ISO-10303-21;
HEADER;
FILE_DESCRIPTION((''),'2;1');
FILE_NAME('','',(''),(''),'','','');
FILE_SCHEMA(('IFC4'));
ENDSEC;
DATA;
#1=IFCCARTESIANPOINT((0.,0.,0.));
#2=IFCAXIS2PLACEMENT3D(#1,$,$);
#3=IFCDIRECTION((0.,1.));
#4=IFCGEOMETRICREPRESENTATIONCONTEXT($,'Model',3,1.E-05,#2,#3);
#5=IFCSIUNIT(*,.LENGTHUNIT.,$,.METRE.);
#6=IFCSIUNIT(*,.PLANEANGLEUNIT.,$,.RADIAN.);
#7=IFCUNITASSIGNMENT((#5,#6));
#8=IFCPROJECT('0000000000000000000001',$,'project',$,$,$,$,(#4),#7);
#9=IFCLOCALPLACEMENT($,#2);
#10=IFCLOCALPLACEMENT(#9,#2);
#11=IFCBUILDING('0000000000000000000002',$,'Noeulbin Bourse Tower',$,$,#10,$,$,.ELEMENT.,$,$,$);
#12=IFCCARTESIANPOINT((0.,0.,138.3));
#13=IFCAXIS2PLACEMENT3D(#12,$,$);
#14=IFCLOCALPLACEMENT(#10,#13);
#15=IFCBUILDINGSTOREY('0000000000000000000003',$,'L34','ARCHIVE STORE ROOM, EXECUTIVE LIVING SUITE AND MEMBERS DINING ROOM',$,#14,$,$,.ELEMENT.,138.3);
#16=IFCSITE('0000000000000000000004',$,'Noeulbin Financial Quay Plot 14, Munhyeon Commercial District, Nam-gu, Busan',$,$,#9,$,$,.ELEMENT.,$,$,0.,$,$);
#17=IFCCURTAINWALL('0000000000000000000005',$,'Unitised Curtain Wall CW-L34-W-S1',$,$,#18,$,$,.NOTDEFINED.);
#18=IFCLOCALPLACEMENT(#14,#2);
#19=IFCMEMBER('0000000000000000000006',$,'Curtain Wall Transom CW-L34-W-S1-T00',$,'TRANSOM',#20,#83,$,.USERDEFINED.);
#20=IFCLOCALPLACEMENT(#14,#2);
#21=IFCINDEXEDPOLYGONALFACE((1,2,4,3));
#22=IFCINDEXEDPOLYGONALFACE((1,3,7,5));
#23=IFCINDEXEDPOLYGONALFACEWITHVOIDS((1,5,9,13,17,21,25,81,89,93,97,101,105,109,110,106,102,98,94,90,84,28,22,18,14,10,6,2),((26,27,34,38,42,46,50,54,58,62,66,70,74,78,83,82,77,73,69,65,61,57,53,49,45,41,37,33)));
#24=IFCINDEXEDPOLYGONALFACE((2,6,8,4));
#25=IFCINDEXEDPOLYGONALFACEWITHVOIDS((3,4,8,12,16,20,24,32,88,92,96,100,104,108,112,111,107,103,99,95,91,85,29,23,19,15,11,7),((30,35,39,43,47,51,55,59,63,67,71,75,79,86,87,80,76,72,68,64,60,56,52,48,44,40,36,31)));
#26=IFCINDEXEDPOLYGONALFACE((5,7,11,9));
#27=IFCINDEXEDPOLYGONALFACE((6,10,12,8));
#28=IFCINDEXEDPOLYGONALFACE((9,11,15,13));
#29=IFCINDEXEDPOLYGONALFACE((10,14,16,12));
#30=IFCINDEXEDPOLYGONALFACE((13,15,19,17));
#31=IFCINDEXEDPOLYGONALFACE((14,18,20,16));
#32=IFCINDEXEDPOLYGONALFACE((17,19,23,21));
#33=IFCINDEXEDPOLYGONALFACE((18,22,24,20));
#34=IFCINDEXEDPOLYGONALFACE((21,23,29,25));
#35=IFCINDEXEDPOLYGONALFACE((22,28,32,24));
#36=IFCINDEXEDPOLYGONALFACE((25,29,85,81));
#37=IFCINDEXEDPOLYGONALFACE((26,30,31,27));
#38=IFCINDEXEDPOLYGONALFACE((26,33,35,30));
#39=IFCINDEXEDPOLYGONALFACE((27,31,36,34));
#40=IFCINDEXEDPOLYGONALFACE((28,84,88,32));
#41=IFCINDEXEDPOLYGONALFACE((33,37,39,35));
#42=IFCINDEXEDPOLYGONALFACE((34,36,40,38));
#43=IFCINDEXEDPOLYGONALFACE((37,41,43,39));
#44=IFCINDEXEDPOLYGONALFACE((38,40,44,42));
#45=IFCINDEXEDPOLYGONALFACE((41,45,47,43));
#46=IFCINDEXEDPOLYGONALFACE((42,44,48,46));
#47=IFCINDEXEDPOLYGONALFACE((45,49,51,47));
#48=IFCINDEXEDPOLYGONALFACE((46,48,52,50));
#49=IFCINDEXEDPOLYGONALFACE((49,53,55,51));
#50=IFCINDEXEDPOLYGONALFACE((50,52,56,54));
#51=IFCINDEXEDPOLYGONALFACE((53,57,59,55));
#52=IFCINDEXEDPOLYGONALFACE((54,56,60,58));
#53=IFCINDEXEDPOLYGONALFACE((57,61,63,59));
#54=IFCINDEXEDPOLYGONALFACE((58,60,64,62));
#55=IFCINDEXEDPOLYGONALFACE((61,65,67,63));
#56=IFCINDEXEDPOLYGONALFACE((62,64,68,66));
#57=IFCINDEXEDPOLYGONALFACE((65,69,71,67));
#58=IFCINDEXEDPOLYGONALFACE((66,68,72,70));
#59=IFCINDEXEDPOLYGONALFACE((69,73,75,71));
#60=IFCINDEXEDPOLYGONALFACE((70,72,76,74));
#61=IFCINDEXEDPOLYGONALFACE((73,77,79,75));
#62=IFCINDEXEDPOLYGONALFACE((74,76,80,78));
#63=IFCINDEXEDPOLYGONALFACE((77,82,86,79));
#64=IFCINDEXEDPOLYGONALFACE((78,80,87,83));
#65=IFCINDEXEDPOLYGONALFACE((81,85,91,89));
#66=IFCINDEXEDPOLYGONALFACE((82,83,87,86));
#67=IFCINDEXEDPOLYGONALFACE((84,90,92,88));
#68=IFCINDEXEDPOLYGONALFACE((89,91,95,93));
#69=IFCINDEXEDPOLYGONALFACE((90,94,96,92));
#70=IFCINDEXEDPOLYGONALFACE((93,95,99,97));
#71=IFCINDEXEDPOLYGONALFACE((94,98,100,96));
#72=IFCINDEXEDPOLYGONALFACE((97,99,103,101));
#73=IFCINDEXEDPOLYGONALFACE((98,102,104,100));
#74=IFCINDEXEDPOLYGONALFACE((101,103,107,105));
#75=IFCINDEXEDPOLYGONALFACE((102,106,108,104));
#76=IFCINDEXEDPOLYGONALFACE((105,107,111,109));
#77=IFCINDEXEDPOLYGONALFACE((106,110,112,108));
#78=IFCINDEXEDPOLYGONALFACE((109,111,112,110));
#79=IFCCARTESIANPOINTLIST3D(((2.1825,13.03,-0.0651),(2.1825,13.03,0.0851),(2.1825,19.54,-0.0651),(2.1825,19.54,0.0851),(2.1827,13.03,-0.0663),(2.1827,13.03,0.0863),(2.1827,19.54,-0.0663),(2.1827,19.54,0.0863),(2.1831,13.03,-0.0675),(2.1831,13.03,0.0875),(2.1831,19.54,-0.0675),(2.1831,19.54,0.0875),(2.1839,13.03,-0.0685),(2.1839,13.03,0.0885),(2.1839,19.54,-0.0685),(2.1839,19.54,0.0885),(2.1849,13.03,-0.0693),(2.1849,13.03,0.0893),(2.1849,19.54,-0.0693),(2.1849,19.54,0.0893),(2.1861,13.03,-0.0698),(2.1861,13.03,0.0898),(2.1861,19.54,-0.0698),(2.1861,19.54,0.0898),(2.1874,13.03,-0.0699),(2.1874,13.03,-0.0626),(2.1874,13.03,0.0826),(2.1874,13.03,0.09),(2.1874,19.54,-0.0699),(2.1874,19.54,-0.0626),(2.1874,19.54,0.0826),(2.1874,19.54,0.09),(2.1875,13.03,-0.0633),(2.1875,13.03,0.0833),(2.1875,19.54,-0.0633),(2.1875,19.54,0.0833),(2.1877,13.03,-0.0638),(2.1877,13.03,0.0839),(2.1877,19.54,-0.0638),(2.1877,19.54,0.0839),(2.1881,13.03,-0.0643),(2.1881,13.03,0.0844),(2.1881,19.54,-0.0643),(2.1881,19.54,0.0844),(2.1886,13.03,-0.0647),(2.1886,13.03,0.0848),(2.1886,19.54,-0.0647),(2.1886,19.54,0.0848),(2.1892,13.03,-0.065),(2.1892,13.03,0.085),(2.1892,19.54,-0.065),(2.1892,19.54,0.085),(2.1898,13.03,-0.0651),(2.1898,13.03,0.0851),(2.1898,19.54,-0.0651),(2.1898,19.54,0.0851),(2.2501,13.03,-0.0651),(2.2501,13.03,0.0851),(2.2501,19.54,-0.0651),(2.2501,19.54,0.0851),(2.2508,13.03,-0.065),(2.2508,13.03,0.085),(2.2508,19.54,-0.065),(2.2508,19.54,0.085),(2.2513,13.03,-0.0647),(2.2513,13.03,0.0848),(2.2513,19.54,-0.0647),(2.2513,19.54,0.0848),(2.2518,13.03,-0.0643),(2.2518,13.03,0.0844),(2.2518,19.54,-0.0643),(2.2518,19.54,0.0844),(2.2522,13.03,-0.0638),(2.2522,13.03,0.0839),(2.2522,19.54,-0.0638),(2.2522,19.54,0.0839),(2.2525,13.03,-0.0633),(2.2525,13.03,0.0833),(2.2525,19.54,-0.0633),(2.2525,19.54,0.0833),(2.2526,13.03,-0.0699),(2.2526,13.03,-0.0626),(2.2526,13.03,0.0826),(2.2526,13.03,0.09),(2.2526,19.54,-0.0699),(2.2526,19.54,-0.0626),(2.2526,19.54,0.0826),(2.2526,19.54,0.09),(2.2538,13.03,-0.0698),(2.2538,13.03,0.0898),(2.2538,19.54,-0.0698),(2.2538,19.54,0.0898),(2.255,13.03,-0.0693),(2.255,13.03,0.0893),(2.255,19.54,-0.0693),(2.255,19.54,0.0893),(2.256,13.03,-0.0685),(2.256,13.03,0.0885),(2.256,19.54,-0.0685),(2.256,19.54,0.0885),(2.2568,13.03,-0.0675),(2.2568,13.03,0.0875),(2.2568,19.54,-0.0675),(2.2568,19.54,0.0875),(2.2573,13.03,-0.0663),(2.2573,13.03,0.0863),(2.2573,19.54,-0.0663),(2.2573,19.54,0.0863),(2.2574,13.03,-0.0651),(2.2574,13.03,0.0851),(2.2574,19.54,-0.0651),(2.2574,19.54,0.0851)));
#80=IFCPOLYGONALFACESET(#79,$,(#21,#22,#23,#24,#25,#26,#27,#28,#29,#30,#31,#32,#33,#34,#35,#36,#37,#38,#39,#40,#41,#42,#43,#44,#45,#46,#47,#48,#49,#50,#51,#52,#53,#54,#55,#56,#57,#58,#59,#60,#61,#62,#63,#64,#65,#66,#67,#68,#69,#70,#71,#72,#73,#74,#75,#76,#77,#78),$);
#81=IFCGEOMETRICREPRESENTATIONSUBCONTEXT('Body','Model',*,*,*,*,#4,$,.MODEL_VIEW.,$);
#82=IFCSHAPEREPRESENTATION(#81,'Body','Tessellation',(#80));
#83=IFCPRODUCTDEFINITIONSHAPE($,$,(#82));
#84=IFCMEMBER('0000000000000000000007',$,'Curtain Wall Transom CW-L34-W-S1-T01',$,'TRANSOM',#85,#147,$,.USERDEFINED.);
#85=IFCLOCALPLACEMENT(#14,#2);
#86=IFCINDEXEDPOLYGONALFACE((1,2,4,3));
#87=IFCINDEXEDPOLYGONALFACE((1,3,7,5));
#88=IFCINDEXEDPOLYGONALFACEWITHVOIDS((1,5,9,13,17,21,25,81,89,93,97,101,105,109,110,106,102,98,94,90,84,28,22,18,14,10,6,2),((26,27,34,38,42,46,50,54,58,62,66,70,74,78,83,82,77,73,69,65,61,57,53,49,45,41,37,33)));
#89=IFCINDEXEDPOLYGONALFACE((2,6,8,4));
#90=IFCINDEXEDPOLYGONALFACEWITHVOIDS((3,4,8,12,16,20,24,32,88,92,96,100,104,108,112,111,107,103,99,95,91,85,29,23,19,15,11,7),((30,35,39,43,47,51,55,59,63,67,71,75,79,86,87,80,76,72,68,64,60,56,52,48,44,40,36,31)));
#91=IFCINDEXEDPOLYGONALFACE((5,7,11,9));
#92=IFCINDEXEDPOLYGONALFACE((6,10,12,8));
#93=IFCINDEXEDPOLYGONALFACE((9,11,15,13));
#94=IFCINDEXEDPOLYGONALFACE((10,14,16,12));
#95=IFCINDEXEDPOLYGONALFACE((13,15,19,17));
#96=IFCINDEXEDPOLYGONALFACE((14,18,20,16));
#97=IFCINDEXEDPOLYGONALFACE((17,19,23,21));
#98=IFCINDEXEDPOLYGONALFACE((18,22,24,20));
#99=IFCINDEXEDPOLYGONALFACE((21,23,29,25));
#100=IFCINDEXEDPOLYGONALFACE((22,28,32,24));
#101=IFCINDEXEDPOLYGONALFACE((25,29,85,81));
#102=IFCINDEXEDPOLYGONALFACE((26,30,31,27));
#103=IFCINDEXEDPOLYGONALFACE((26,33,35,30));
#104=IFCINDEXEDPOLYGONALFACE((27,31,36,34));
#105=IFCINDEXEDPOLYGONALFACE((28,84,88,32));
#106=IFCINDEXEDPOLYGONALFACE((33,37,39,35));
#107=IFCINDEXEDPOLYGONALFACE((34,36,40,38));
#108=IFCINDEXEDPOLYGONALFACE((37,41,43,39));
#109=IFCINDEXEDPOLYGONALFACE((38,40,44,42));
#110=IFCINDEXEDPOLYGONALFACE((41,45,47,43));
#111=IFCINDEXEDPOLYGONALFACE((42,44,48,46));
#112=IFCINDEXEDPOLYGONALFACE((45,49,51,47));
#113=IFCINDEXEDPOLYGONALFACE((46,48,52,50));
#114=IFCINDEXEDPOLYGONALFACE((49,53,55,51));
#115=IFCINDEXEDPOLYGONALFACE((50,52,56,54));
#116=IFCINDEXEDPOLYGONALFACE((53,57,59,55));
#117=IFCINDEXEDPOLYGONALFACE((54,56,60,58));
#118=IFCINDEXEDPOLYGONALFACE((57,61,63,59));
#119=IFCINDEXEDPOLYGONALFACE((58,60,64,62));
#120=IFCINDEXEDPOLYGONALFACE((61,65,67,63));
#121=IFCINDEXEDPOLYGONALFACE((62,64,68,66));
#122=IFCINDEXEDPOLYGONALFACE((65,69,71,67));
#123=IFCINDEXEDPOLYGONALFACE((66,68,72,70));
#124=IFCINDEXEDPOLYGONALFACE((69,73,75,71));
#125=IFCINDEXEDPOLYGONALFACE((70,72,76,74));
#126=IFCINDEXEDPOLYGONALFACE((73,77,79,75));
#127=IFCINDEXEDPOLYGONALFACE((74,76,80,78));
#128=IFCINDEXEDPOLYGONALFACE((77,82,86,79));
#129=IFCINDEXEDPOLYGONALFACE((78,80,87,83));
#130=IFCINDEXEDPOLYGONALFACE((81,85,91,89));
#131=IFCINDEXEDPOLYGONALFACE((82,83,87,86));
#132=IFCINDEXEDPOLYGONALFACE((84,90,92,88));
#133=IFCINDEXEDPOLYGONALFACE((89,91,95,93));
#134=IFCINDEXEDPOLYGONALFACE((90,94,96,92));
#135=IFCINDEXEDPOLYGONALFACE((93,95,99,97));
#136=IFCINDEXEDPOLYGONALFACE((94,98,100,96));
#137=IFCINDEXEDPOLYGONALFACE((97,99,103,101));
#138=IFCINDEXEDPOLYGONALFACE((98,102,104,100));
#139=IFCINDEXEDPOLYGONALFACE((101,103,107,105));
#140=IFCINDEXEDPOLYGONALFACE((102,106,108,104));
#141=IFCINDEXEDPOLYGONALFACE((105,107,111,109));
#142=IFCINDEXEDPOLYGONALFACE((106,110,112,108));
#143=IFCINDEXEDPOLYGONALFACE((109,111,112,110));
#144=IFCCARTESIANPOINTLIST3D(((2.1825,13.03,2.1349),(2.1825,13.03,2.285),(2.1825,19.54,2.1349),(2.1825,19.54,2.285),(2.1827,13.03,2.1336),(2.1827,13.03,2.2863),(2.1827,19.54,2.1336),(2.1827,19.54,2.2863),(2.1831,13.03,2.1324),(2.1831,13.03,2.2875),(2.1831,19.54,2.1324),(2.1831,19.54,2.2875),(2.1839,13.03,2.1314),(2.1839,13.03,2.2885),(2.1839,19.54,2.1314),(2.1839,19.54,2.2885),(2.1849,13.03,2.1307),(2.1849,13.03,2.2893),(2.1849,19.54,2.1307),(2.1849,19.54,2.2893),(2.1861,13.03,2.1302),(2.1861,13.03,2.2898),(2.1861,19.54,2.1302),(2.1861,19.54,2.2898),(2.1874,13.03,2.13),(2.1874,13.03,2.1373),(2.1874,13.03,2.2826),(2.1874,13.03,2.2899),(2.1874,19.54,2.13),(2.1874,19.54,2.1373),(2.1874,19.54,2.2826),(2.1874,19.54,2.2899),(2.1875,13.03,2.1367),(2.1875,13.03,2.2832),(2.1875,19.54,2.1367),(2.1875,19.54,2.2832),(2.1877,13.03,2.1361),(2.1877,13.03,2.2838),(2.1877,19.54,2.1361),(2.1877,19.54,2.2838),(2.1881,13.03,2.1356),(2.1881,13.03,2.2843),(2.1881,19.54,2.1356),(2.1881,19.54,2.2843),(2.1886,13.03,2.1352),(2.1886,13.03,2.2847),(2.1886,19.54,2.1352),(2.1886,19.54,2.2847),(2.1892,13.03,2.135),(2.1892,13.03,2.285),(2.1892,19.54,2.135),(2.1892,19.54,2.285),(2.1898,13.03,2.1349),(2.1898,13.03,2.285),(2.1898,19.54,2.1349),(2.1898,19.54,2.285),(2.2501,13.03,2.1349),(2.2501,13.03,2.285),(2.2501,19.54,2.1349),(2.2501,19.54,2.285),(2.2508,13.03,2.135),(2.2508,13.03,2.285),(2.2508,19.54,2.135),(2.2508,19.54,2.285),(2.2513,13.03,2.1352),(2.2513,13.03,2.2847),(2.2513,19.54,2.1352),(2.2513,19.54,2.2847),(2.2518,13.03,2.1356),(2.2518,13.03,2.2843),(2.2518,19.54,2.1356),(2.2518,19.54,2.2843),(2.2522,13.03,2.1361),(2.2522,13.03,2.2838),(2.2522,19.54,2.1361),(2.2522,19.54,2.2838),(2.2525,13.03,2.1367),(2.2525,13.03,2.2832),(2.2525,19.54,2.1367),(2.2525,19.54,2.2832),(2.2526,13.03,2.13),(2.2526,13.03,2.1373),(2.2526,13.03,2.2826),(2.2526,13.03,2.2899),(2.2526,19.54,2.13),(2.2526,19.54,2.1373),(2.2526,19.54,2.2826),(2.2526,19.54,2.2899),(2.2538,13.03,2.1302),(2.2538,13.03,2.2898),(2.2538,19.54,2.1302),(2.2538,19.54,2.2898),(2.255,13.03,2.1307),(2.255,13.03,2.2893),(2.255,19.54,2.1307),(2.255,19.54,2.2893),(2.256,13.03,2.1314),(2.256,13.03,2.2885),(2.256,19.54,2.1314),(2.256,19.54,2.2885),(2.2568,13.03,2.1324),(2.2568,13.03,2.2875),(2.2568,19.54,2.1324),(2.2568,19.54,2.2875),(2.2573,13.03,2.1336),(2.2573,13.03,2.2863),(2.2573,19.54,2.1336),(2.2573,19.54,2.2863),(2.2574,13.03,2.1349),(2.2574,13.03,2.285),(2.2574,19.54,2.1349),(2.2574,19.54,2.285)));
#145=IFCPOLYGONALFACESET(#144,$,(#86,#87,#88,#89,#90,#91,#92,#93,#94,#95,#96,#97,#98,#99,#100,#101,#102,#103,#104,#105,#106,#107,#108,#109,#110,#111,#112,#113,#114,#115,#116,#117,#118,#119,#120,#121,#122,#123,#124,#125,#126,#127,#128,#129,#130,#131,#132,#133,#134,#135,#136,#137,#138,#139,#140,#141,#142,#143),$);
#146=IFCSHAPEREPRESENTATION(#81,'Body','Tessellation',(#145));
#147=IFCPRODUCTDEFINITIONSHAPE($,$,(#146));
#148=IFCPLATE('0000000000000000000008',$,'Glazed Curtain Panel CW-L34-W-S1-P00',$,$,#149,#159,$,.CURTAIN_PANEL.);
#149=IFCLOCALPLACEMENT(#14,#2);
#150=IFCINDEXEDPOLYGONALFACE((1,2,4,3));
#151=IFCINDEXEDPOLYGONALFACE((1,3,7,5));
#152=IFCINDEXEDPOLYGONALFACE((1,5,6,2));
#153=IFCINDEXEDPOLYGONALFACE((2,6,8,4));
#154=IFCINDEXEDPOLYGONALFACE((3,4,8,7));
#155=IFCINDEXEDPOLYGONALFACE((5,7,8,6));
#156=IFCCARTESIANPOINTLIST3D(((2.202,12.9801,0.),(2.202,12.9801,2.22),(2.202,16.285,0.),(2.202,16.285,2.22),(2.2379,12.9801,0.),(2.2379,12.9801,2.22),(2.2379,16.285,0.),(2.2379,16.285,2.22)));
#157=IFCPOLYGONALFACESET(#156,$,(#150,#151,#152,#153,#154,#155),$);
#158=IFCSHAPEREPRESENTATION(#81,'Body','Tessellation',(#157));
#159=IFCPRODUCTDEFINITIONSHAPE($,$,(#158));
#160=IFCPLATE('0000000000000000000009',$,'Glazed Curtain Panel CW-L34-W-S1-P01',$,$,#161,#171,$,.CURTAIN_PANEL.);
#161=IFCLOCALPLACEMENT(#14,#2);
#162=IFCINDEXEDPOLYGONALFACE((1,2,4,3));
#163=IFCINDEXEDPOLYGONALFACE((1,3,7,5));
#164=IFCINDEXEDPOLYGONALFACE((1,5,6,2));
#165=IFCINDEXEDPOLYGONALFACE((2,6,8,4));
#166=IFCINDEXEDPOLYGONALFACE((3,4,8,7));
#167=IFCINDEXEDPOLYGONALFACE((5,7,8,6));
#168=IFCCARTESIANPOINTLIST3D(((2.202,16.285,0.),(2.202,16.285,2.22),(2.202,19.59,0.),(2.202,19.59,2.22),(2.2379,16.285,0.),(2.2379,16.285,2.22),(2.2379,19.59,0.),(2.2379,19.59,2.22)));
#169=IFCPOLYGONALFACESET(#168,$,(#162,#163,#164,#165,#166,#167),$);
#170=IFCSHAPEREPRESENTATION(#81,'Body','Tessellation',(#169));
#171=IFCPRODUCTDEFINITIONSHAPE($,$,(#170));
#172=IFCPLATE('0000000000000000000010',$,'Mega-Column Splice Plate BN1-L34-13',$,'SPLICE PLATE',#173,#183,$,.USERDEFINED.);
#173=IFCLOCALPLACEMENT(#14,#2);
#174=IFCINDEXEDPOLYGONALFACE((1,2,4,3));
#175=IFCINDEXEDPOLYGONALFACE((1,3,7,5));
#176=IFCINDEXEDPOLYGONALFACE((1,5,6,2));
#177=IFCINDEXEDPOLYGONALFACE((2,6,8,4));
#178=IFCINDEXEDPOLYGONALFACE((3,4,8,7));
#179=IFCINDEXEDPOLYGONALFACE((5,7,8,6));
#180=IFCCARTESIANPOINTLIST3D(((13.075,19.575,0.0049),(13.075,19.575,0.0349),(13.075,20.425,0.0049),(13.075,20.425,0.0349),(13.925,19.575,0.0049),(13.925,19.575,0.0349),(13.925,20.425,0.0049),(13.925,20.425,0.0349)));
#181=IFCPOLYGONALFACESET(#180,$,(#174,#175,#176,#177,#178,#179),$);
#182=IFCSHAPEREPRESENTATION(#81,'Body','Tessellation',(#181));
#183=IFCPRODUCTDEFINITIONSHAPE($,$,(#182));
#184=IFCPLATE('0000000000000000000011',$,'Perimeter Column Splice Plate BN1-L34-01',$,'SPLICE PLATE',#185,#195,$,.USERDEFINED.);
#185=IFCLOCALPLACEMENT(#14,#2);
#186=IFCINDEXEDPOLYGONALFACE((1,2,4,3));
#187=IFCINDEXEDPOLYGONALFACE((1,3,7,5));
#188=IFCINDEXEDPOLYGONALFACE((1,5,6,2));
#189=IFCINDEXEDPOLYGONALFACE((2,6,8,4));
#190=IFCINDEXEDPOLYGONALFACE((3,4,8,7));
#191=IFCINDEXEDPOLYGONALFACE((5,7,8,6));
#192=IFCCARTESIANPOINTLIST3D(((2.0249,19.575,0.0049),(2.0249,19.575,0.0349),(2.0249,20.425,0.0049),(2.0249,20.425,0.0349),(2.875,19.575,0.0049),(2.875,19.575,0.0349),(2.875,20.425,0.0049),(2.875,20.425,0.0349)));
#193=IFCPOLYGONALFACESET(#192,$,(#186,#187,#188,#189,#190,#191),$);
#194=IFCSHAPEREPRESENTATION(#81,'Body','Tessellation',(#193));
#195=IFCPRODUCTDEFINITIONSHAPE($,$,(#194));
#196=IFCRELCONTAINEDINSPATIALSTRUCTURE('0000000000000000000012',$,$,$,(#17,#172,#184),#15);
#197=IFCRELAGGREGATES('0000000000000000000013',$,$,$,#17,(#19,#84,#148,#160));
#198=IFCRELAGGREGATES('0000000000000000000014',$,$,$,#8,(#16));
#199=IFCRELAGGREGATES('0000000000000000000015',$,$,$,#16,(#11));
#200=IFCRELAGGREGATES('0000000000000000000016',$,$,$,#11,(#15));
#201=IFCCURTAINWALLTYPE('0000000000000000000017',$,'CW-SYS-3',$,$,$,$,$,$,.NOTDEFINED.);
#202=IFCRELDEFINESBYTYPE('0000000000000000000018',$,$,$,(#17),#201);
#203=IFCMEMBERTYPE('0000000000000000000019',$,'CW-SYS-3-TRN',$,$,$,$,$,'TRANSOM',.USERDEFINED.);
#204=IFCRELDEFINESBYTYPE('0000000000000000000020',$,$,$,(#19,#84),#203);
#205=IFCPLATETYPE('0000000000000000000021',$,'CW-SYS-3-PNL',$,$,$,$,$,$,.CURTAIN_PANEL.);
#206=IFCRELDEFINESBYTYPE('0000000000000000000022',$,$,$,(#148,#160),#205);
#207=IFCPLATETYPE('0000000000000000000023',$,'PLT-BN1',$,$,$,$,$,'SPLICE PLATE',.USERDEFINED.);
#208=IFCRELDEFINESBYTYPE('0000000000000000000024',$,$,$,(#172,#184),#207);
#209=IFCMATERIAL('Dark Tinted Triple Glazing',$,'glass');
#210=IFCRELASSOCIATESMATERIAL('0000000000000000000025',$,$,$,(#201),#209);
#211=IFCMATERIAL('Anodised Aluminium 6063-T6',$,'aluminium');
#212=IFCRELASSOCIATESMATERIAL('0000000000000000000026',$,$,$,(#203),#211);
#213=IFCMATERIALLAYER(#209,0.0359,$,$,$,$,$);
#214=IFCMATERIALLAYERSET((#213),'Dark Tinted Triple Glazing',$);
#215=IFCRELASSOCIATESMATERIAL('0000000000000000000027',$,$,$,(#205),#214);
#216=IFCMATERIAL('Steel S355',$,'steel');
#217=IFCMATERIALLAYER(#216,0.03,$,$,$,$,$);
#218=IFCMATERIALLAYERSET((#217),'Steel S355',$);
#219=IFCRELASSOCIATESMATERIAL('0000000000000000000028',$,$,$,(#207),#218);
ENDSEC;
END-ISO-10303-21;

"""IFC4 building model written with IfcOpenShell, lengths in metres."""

from ifc_helpers import new_model, si_unit, direction, frame, origin, origin_2d, place, context, subcontext, project, spatial, rectangle, hollow_rectangle, extrude, material, layer, layer_set, material_profile, profile_set, type_object, element, aggregate, save


model = new_model("IFC4")

# Units and contexts
model_context = context("Model", 3, precision=1e-05, world=origin(), true_north=direction((0.0, 1.0)))
body_context = subcontext(model_context, "Body", "Model", "MODEL_VIEW")
ifc_project = project(units=[si_unit("LENGTHUNIT", "METRE"), si_unit("PLANEANGLEUNIT", "RADIAN")], contexts=[model_context])

# Site, building, storey
site_placement = place(None, origin())
site = spatial("IfcSite", under=ifc_project, at=site_placement, Name="Noeulbin Financial Quay Plot 14, Munhyeon Commercial District, Nam-gu, Busan", CompositionType="ELEMENT", RefElevation=0.0)
building_placement = place(site_placement, origin())
building = spatial("IfcBuilding", under=site, at=building_placement, Name="Noeulbin Bourse Tower", CompositionType="ELEMENT")
storey_placement = place(building_placement, frame((0.0, 0.0, 138.3)))
storey = spatial("IfcBuildingStorey", under=building, at=storey_placement, Name="L34", Description="ARCHIVE STORE ROOM, EXECUTIVE LIVING SUITE AND MEMBERS DINING ROOM", CompositionType="ELEMENT", Elevation=138.3)

# Shared definitions
ifc_material_1 = material(Name="Steel S355", Category="steel")

# Curtain wall, members, plates
ifc_material_2 = material(Name="Dark Tinted Triple Glazing", Category="glass")
curtain_wall_type = type_object("IfcCurtainWallType", Name="CW-SYS-3", PredefinedType="NOTDEFINED", material=ifc_material_2)
curtain_wall_placement = place(storey_placement, origin())
curtain_wall = element("IfcCurtainWall", 1, at=curtain_wall_placement, inside=storey, type_object=curtain_wall_type, Name="Unitised Curtain Wall CW-L34-W-S1", PredefinedType="NOTDEFINED")
ifc_material_3 = material(Name="Anodised Aluminium 6063-T6", Category="aluminium")
ifc_material_profile_1 = material_profile(ifc_material_3, hollow_rectangle(XDim=0.075, YDim=0.1599, WallThickness=0.0049, InnerFilletRadius=0.0024, OuterFilletRadius=0.0049, at=origin_2d()), Name="ALU-TRAN-75x160x5", Category="LoadBearing")
ifc_profile_set_1 = profile_set([ifc_material_profile_1], Name="Anodised Aluminium 6063-T6")
member_type_1 = type_object("IfcMemberType", Name="CW-SYS-3-TRN", ElementType="TRANSOM", PredefinedType="USERDEFINED", material=ifc_profile_set_1)
member_1_placement = place(storey_placement, frame((2.22, 13.03, 0.01), z_axis=(0.0, 1.0, 0.0), x_axis=(-1.0, 0.0, 0.0)))
member_1 = element("IfcMember", 2, at=member_1_placement, type_object=member_type_1, Name="Curtain Wall Transom CW-L34-W-S1-T00", ObjectType="TRANSOM", PredefinedType="USERDEFINED", context=body_context, shape_type="SweptSolid", body=[
    extrude(hollow_rectangle(XDim=0.075, YDim=0.1599, WallThickness=0.0049, InnerFilletRadius=0.0024, OuterFilletRadius=0.0049, at=origin_2d()), origin(), (0.0, 0.0, 1.0), 6.51),
])
member_2_placement = place(storey_placement, frame((2.22, 13.03, 2.21), z_axis=(0.0, 1.0, 0.0), x_axis=(-1.0, 0.0, 0.0)))
member_2 = element("IfcMember", 3, at=member_2_placement, type_object=member_type_1, Name="Curtain Wall Transom CW-L34-W-S1-T01", ObjectType="TRANSOM", PredefinedType="USERDEFINED", context=body_context, shape_type="SweptSolid", body=[
    extrude(hollow_rectangle(XDim=0.075, YDim=0.1599, WallThickness=0.0049, InnerFilletRadius=0.0024, OuterFilletRadius=0.0049, at=origin_2d()), origin(), (0.0, 0.0, 1.0), 6.51),
])
ifc_layer_1 = layer(ifc_material_2, 0.0359)
ifc_layer_set_1 = layer_set([ifc_layer_1], Name="Dark Tinted Triple Glazing")
plate_type_1 = type_object("IfcPlateType", Name="CW-SYS-3-PNL", PredefinedType="CURTAIN_PANEL", material=ifc_layer_set_1)
plate_1_placement = place(storey_placement, frame((2.22, 14.6326, 0.0), z_axis=(0.0, 0.0, 1.0), x_axis=(0.0, 1.0, 0.0)))
plate_1 = element("IfcPlate", 4, at=plate_1_placement, type_object=plate_type_1, Name="Glazed Curtain Panel CW-L34-W-S1-P00", PredefinedType="CURTAIN_PANEL", context=body_context, shape_type="SweptSolid", body=[
    extrude(rectangle(XDim=3.3049, YDim=0.0359, at=origin_2d()), origin(), (0.0, 0.0, 1.0), 2.22),
])
plate_2_placement = place(storey_placement, frame((2.22, 17.9375, 0.0), z_axis=(0.0, 0.0, 1.0), x_axis=(0.0, 1.0, 0.0)))
plate_2 = element("IfcPlate", 5, at=plate_2_placement, type_object=plate_type_1, Name="Glazed Curtain Panel CW-L34-W-S1-P01", PredefinedType="CURTAIN_PANEL", context=body_context, shape_type="SweptSolid", body=[
    extrude(rectangle(XDim=3.3049, YDim=0.0359, at=origin_2d()), origin(), (0.0, 0.0, 1.0), 2.22),
])
aggregate(curtain_wall, [member_1, member_2, plate_1, plate_2])

# Plates
ifc_layer_2 = layer(ifc_material_1, 0.03)
ifc_layer_set_2 = layer_set([ifc_layer_2], Name="Steel S355")
plate_type_2 = type_object("IfcPlateType", Name="PLT-BN1", ElementType="SPLICE PLATE", PredefinedType="USERDEFINED", material=ifc_layer_set_2)
for number, where, z_axis, x_axis, name in (
    (6, (13.5, 20.0, 0.0049), (0.0, 0.0, 1.0), (1.0, 0.0, 0.0), "Mega-Column Splice Plate BN1-L34-13"),
    (7, (2.45, 20.0, 0.0049), (0.0, 0.0, 1.0), (1.0, 0.0, 0.0), "Perimeter Column Splice Plate BN1-L34-01"),
):
    element("IfcPlate", number, at=place(storey_placement, frame(where, z_axis=z_axis, x_axis=x_axis)), inside=storey, type_object=plate_type_2, Name=name, ObjectType="SPLICE PLATE", PredefinedType="USERDEFINED", context=body_context, shape_type="SweptSolid", body=[
        extrude(rectangle(XDim=0.8501, YDim=0.8501, at=origin_2d()), origin(), (0.0, 0.0, 1.0), 0.03),
    ])

save(model, "model.ifc")
